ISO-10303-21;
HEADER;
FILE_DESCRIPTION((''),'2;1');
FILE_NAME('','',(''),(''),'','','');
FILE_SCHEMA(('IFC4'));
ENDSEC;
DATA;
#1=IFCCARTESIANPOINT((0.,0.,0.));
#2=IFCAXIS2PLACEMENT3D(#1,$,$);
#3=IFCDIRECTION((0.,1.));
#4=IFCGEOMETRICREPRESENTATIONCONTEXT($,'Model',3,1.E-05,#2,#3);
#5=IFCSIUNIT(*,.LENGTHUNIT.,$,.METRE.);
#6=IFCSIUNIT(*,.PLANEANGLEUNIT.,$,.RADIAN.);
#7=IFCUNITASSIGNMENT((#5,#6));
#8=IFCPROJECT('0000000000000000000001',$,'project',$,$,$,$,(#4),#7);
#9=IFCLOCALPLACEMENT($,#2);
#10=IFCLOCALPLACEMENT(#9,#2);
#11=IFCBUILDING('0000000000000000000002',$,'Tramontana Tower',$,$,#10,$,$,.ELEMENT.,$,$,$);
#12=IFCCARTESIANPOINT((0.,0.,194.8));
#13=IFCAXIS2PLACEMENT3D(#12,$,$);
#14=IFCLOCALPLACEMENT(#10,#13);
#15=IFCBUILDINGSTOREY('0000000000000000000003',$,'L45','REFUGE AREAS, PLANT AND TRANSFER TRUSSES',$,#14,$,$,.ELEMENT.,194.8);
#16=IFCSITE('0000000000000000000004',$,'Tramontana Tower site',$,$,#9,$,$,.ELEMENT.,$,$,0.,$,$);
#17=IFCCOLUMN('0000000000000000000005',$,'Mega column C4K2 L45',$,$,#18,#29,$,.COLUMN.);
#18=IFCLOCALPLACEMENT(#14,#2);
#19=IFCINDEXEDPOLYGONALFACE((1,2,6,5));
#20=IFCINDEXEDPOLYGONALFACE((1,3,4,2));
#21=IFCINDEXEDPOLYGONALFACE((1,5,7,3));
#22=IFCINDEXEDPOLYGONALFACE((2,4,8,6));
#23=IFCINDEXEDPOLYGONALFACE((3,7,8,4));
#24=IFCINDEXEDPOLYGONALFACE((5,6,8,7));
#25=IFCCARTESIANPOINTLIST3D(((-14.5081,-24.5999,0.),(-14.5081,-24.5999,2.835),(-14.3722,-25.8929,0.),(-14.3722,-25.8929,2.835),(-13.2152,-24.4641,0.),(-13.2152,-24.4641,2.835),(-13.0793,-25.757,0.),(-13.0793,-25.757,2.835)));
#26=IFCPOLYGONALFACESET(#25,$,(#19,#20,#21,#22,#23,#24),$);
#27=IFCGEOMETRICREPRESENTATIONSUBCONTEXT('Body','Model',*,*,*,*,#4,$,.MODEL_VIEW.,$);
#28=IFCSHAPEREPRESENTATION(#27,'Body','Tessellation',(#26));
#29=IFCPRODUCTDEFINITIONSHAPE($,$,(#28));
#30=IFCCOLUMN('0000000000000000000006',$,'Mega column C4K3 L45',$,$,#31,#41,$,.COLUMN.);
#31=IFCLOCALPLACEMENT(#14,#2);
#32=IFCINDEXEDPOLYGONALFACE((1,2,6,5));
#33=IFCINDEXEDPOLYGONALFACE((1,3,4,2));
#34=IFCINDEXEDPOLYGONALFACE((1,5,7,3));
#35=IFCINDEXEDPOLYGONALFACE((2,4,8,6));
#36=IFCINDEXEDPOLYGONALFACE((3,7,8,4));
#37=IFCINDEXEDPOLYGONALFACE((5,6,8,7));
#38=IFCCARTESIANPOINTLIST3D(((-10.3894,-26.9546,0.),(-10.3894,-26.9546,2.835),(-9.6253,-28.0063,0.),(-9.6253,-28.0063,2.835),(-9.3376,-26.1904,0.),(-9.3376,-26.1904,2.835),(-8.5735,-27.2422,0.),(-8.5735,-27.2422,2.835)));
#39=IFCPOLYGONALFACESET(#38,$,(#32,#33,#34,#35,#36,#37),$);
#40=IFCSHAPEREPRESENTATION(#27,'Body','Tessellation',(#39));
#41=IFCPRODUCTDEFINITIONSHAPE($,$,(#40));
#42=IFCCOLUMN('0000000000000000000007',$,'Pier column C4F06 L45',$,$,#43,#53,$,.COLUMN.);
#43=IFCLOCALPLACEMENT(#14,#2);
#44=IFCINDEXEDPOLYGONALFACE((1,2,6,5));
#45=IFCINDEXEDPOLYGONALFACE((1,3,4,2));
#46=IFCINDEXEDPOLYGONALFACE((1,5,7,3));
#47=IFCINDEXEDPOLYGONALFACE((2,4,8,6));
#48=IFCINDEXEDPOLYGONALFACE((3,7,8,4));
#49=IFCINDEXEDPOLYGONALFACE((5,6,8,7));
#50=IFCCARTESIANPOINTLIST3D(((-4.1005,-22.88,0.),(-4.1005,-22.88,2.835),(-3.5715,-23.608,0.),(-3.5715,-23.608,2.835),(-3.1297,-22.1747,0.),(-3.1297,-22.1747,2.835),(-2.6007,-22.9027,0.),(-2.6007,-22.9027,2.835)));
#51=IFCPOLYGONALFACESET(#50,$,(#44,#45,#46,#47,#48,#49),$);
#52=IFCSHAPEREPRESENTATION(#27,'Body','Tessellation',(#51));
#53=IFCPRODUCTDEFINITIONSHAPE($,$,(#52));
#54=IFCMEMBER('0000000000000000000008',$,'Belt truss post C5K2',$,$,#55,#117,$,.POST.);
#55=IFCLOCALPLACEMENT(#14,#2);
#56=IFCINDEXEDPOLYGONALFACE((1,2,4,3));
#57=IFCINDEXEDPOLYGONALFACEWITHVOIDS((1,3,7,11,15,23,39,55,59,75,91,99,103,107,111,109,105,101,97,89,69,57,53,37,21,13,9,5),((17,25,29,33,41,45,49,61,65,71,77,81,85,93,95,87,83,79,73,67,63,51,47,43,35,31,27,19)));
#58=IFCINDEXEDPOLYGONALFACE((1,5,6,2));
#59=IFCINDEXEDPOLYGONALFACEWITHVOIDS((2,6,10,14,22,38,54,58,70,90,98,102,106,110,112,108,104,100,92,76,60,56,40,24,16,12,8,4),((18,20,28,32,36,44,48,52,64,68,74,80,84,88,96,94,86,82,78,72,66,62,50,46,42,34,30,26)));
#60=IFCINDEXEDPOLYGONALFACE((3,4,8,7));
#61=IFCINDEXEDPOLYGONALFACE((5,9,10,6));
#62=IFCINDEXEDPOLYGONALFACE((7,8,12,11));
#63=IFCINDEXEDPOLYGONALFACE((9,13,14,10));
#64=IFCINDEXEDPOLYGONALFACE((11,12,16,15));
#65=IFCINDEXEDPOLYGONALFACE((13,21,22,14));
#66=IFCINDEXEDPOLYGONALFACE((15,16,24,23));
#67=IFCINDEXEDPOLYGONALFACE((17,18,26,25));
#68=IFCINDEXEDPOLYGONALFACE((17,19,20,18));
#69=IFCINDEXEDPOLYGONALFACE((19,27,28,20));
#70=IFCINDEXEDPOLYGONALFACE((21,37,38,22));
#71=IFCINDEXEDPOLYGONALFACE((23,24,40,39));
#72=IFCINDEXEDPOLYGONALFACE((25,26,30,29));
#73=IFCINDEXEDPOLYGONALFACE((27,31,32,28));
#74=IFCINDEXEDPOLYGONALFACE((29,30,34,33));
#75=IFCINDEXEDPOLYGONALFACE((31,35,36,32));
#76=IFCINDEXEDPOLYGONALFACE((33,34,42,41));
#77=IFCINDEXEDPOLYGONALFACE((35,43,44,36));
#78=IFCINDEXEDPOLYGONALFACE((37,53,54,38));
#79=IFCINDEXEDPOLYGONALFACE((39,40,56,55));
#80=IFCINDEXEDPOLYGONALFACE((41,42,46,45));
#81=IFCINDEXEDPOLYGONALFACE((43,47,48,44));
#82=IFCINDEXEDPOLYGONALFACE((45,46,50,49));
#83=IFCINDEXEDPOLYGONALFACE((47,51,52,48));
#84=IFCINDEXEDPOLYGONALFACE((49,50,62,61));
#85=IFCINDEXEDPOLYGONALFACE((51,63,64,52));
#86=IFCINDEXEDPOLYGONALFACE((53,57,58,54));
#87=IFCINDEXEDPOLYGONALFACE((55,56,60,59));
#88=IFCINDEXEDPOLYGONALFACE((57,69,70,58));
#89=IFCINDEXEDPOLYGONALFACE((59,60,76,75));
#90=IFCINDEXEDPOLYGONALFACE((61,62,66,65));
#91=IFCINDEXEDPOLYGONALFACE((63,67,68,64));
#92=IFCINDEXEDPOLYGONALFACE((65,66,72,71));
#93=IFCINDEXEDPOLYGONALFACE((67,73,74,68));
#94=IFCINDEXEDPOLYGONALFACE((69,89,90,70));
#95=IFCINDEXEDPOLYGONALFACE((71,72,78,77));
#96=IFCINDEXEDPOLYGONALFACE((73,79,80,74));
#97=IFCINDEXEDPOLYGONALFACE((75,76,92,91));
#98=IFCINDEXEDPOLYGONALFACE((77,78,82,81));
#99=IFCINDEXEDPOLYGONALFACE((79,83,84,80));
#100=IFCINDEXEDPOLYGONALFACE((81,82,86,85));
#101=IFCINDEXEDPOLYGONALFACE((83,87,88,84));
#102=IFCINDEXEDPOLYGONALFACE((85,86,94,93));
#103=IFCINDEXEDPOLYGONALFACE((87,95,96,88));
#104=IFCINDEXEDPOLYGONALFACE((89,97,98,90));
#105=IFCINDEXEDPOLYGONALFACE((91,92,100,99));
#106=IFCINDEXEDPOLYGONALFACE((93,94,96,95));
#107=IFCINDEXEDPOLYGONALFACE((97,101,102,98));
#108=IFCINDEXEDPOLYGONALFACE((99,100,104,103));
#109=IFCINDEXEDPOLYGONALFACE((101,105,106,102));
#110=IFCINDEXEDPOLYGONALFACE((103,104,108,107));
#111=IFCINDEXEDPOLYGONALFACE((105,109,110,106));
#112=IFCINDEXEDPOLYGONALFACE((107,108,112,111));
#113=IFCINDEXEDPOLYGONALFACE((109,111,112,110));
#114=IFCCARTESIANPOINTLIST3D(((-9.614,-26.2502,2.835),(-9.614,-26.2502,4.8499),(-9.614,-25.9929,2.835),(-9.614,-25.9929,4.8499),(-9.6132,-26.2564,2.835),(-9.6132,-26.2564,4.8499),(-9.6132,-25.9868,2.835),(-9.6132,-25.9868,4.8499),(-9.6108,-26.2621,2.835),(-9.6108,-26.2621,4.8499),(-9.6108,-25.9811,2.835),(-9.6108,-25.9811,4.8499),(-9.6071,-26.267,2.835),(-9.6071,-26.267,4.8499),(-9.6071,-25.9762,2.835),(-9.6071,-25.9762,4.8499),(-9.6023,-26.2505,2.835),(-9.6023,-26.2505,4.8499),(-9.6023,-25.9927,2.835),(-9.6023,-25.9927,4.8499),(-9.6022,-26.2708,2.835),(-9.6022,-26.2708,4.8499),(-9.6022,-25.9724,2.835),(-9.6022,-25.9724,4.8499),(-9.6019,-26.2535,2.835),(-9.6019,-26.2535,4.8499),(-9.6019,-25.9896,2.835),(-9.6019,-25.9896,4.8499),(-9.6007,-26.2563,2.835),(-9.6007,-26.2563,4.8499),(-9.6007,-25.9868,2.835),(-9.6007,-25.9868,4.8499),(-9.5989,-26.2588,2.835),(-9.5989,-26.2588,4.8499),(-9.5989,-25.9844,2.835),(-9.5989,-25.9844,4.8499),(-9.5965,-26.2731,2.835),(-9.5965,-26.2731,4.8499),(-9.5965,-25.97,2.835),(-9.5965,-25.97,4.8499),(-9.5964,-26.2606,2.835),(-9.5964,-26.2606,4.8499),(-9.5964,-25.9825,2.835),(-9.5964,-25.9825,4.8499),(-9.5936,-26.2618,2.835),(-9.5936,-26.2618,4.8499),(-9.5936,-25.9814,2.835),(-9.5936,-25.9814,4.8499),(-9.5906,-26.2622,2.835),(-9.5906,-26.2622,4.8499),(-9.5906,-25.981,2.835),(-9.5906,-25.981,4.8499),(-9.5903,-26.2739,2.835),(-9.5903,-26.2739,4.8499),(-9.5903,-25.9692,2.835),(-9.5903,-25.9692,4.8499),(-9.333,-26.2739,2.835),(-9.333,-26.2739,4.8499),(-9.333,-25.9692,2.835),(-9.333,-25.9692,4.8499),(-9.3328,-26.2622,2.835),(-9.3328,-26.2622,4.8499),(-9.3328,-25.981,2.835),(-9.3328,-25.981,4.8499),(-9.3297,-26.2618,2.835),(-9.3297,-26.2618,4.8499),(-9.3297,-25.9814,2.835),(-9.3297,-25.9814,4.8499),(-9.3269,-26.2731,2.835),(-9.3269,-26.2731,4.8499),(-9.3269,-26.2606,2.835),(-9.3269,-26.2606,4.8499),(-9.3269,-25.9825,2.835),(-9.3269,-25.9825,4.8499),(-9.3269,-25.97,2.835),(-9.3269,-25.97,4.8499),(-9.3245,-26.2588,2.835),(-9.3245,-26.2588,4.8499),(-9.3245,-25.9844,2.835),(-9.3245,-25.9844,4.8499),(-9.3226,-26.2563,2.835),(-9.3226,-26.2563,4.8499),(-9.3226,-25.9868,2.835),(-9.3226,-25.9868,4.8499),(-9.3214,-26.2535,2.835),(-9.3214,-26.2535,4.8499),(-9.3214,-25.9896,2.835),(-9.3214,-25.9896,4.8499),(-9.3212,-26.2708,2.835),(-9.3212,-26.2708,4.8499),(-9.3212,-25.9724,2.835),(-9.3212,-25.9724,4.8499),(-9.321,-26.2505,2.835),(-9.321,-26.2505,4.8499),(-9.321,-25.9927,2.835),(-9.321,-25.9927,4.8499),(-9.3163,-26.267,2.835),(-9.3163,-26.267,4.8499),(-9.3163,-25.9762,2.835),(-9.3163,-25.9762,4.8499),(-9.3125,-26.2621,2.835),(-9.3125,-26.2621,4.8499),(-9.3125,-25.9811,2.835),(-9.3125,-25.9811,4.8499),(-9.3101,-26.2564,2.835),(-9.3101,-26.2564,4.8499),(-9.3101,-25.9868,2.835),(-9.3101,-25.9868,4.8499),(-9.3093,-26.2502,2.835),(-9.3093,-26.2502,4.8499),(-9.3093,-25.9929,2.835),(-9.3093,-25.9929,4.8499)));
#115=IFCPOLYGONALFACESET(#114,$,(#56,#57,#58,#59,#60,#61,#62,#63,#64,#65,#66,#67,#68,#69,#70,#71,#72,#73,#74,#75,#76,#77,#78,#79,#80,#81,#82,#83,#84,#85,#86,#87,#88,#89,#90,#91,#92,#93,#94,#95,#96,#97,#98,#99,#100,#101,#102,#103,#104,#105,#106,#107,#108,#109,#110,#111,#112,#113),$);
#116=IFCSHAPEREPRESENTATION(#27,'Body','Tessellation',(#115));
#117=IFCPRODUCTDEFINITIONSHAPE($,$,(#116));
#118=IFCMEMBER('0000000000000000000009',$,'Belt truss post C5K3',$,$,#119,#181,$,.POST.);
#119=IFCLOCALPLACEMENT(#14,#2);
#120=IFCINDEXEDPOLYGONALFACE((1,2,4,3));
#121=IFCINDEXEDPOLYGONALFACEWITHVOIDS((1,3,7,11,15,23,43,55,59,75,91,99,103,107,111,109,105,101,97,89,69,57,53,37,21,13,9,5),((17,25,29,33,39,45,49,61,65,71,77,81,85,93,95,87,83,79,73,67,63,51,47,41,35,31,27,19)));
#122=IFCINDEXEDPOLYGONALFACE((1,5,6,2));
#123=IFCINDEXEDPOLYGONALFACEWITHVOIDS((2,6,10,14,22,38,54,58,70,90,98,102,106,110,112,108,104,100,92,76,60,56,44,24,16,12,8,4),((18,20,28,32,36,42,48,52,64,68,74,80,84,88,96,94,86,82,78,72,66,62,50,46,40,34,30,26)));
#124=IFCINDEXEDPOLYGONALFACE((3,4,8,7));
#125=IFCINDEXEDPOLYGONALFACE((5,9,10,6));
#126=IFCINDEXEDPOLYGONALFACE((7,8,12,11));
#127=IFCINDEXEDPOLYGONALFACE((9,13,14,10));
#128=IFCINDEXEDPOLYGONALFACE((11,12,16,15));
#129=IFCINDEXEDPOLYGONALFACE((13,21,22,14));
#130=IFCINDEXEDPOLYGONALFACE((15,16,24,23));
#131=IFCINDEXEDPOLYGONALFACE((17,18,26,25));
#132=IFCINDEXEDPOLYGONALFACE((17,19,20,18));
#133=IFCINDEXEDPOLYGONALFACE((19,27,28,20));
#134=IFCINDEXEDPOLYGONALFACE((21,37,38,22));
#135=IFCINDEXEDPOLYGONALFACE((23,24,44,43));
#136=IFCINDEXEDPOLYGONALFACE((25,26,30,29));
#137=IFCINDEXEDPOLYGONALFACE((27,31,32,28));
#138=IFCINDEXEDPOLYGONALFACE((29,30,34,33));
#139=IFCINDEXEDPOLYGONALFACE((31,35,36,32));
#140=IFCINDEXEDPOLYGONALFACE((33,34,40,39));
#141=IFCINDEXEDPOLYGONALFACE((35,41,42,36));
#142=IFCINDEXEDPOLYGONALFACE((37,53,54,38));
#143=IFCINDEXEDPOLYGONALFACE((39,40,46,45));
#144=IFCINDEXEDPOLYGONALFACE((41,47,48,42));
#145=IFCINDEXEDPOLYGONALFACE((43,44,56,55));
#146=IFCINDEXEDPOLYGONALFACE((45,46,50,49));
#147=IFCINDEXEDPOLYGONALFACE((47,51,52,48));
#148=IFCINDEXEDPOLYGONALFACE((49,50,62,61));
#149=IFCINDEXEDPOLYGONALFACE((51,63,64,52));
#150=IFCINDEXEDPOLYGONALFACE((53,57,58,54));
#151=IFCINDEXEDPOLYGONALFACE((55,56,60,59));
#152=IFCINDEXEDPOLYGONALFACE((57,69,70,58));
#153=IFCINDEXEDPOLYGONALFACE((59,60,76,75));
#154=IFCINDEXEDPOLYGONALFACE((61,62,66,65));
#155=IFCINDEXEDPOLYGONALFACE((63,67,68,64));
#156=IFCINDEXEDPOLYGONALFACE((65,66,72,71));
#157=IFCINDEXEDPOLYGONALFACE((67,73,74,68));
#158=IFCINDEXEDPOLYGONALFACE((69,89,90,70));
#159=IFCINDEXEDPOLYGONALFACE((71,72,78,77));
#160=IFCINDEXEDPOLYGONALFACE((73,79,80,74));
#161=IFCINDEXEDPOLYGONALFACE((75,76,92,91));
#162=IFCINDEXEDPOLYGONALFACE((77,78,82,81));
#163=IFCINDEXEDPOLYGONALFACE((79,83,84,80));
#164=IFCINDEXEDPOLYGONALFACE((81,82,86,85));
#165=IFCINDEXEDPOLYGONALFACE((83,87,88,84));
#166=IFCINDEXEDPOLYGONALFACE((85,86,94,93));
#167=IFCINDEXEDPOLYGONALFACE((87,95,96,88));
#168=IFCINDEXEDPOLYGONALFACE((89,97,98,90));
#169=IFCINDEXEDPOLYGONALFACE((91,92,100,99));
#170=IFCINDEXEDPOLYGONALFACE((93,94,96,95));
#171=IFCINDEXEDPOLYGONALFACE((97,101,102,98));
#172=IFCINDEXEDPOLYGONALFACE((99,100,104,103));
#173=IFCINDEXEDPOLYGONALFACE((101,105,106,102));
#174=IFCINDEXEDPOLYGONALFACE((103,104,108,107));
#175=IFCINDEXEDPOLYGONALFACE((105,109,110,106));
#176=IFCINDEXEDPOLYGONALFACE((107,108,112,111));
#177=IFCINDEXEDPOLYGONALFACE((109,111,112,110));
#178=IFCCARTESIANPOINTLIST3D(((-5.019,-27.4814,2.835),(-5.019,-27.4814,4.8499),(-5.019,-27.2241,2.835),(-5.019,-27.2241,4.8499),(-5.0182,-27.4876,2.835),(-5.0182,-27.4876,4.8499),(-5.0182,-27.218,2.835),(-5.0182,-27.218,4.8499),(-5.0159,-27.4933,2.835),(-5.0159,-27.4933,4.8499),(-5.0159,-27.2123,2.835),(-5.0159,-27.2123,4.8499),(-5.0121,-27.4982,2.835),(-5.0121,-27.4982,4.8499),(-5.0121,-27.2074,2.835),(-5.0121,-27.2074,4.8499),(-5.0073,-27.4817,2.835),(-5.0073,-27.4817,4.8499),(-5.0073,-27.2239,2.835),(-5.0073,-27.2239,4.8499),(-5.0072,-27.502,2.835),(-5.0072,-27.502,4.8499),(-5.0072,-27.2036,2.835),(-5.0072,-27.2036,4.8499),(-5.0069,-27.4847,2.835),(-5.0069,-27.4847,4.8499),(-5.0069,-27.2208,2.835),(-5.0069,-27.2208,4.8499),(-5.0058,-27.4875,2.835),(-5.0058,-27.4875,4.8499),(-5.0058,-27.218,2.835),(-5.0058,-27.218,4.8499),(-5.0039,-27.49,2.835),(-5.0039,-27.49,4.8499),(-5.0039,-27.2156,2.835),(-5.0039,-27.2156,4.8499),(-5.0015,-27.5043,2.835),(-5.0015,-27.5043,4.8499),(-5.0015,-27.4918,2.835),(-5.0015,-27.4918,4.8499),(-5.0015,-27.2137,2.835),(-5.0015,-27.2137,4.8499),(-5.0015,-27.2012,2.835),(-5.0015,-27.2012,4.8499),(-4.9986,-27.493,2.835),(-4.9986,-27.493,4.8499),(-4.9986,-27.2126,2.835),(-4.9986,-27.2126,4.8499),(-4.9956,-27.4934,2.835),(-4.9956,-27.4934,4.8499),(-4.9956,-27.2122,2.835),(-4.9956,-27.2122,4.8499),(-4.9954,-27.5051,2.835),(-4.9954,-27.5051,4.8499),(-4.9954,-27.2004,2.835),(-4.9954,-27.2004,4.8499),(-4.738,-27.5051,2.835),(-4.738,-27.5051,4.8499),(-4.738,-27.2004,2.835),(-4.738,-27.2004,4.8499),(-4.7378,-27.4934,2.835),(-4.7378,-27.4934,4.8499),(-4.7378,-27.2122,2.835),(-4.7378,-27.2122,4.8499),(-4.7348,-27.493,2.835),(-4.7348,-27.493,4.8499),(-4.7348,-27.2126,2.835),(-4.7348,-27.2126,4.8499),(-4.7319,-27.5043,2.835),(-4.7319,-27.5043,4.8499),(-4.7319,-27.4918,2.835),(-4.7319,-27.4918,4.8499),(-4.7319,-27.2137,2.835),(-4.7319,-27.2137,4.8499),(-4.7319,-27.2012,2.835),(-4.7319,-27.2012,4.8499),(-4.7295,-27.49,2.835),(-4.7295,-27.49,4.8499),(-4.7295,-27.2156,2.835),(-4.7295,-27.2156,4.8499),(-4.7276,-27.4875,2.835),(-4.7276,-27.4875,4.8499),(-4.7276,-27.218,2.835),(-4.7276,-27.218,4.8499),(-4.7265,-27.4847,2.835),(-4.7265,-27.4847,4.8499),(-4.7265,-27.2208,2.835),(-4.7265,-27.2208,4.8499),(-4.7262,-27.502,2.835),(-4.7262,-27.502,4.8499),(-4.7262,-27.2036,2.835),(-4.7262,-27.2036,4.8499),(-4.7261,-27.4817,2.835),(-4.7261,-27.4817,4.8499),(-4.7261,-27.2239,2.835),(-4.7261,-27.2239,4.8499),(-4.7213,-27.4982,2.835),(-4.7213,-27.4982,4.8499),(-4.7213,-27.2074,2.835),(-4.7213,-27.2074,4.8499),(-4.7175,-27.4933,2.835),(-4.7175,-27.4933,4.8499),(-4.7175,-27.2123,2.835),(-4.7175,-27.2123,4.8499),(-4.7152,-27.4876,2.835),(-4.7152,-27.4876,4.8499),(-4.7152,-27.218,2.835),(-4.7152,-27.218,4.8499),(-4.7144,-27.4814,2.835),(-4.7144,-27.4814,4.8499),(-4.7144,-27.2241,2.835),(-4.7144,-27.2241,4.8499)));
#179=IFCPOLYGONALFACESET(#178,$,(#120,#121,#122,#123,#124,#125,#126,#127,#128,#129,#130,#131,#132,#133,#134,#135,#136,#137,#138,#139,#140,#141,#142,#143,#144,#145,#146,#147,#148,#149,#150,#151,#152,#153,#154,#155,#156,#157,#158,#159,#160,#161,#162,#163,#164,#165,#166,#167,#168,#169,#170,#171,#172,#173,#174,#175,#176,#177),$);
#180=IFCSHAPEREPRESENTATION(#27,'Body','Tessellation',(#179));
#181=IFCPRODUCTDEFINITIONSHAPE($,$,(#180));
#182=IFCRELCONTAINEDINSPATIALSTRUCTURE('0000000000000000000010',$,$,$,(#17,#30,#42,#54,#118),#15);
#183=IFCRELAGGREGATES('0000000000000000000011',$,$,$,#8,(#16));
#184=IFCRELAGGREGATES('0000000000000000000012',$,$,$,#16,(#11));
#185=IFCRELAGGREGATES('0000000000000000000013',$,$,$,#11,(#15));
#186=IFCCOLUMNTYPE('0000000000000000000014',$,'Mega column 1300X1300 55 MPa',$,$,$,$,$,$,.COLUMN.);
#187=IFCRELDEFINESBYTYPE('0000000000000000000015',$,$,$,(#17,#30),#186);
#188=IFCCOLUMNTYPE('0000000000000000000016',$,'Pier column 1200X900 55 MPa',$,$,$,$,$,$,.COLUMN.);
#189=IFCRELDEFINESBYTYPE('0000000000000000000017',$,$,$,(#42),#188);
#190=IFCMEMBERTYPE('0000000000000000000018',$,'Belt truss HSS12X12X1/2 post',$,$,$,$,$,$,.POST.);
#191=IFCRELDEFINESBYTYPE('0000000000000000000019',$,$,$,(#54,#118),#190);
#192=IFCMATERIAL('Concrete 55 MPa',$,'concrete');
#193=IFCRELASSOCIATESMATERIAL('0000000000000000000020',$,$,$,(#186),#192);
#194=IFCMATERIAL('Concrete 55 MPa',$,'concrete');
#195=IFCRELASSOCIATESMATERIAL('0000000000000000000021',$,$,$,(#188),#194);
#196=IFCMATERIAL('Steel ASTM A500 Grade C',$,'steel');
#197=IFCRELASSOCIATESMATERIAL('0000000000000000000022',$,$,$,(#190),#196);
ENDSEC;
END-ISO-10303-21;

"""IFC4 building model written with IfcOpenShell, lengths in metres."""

from ifc_helpers import new_model, si_unit, direction, frame, origin, origin_2d, place, context, subcontext, project, spatial, rectangle, hollow_rectangle, extrude, material, material_profile, profile_set, type_object, element, save


model = new_model("IFC4")

# Units and contexts
model_context = context("Model", 3, precision=1e-05, world=origin(), true_north=direction((0.0, 1.0)))
body_context = subcontext(model_context, "Body", "Model", "MODEL_VIEW")
ifc_project = project(units=[si_unit("LENGTHUNIT", "METRE"), si_unit("PLANEANGLEUNIT", "RADIAN")], contexts=[model_context])

# Site, building, storey
site_placement = place(None, origin())
site = spatial("IfcSite", under=ifc_project, at=site_placement, Name="Tramontana Tower site", CompositionType="ELEMENT", RefElevation=0.0)
building_placement = place(site_placement, origin())
building = spatial("IfcBuilding", under=site, at=building_placement, Name="Tramontana Tower", CompositionType="ELEMENT")
storey_placement = place(building_placement, frame((0.0, 0.0, 194.8)))
storey = spatial("IfcBuildingStorey", under=building, at=storey_placement, Name="L45", Description="REFUGE AREAS, PLANT AND TRANSFER TRUSSES", CompositionType="ELEMENT", Elevation=194.8)

# Columns
ifc_material_1 = material(Name="Concrete 55 MPa", Category="concrete")
ifc_material_profile_1 = material_profile(ifc_material_1, rectangle(XDim=1.3, YDim=1.3, at=origin_2d()), Name="Mega column 1300X1300 55 MPa")
ifc_profile_set_1 = profile_set([ifc_material_profile_1], Name="Concrete 55 MPa")
column_type_1 = type_object("IfcColumnType", Name="Mega column 1300X1300 55 MPa", PredefinedType="COLUMN", material=ifc_profile_set_1)
for number, where, z_axis, x_axis, name in (
    (1, (-13.7937, -25.1785, 0.0), (0.0, 0.0, 1.0), (0.104528, -0.994522, 0.0), "Mega column C4K2 L45"),
    (2, (-9.4814, -27.0984, 0.0), (0.0, 0.0, 1.0), (0.809017, 0.587785, 0.0), "Mega column C4K3 L45"),
):
    element("IfcColumn", number, at=place(storey_placement, frame(where, z_axis=z_axis, x_axis=x_axis)), inside=storey, type_object=column_type_1, Name=name, PredefinedType="COLUMN", context=body_context, shape_type="SweptSolid", body=[
        extrude(rectangle(XDim=1.3, YDim=1.3, at=origin_2d()), origin(), (0.0, 0.0, 1.0), 2.835),
    ])
ifc_material_2 = material(Name="Concrete 55 MPa", Category="concrete")
ifc_material_profile_2 = material_profile(ifc_material_2, rectangle(XDim=1.2, YDim=0.8999, at=origin_2d()), Name="Pier column 1200X900 55 MPa")
ifc_profile_set_2 = profile_set([ifc_material_profile_2], Name="Concrete 55 MPa")
column_type_2 = type_object("IfcColumnType", Name="Pier column 1200X900 55 MPa", PredefinedType="COLUMN", material=ifc_profile_set_2)
column_placement = place(storey_placement, frame((-3.3506, -22.8914, 0.0), z_axis=(0.0, 0.0, 1.0), x_axis=(0.809017, 0.587785, 0.0)))
element("IfcColumn", 3, at=column_placement, inside=storey, type_object=column_type_2, Name="Pier column C4F06 L45", PredefinedType="COLUMN", context=body_context, shape_type="SweptSolid", body=[
    extrude(rectangle(XDim=1.2, YDim=0.8999, at=origin_2d()), origin(), (0.0, 0.0, 1.0), 2.835),
])

# Members
ifc_material_3 = material(Name="Steel ASTM A500 Grade C", Category="steel")
ifc_material_profile_3 = material_profile(ifc_material_3, hollow_rectangle(XDim=0.3047, YDim=0.3047, WallThickness=0.0117, InnerFilletRadius=0.0117, OuterFilletRadius=0.0237, at=origin_2d()), Name="HSS12X12X1/2")
ifc_profile_set_3 = profile_set([ifc_material_profile_3], Name="Steel ASTM A500 Grade C")
member_type_1 = type_object("IfcMemberType", Name="Belt truss HSS12X12X1/2 post", PredefinedType="POST", material=ifc_profile_set_3)
for number, where, z_axis, x_axis, name in (
    (4, (-9.4617, -26.1216, 2.835), (0.0, 0.0, 1.0), (1.0, 0.0, 0.0), "Belt truss post C5K2"),
    (5, (-4.8667, -27.3528, 2.835), (0.0, 0.0, 1.0), (1.0, 0.0, 0.0), "Belt truss post C5K3"),
):
    element("IfcMember", number, at=place(storey_placement, frame(where, z_axis=z_axis, x_axis=x_axis)), inside=storey, type_object=member_type_1, Name=name, PredefinedType="POST", context=body_context, shape_type="SweptSolid", body=[
        extrude(hollow_rectangle(XDim=0.3047, YDim=0.3047, WallThickness=0.0117, InnerFilletRadius=0.0117, OuterFilletRadius=0.0237, at=origin_2d()), origin(), (0.0, 0.0, 1.0), 2.0149),
    ])

save(model, "model.ifc")
